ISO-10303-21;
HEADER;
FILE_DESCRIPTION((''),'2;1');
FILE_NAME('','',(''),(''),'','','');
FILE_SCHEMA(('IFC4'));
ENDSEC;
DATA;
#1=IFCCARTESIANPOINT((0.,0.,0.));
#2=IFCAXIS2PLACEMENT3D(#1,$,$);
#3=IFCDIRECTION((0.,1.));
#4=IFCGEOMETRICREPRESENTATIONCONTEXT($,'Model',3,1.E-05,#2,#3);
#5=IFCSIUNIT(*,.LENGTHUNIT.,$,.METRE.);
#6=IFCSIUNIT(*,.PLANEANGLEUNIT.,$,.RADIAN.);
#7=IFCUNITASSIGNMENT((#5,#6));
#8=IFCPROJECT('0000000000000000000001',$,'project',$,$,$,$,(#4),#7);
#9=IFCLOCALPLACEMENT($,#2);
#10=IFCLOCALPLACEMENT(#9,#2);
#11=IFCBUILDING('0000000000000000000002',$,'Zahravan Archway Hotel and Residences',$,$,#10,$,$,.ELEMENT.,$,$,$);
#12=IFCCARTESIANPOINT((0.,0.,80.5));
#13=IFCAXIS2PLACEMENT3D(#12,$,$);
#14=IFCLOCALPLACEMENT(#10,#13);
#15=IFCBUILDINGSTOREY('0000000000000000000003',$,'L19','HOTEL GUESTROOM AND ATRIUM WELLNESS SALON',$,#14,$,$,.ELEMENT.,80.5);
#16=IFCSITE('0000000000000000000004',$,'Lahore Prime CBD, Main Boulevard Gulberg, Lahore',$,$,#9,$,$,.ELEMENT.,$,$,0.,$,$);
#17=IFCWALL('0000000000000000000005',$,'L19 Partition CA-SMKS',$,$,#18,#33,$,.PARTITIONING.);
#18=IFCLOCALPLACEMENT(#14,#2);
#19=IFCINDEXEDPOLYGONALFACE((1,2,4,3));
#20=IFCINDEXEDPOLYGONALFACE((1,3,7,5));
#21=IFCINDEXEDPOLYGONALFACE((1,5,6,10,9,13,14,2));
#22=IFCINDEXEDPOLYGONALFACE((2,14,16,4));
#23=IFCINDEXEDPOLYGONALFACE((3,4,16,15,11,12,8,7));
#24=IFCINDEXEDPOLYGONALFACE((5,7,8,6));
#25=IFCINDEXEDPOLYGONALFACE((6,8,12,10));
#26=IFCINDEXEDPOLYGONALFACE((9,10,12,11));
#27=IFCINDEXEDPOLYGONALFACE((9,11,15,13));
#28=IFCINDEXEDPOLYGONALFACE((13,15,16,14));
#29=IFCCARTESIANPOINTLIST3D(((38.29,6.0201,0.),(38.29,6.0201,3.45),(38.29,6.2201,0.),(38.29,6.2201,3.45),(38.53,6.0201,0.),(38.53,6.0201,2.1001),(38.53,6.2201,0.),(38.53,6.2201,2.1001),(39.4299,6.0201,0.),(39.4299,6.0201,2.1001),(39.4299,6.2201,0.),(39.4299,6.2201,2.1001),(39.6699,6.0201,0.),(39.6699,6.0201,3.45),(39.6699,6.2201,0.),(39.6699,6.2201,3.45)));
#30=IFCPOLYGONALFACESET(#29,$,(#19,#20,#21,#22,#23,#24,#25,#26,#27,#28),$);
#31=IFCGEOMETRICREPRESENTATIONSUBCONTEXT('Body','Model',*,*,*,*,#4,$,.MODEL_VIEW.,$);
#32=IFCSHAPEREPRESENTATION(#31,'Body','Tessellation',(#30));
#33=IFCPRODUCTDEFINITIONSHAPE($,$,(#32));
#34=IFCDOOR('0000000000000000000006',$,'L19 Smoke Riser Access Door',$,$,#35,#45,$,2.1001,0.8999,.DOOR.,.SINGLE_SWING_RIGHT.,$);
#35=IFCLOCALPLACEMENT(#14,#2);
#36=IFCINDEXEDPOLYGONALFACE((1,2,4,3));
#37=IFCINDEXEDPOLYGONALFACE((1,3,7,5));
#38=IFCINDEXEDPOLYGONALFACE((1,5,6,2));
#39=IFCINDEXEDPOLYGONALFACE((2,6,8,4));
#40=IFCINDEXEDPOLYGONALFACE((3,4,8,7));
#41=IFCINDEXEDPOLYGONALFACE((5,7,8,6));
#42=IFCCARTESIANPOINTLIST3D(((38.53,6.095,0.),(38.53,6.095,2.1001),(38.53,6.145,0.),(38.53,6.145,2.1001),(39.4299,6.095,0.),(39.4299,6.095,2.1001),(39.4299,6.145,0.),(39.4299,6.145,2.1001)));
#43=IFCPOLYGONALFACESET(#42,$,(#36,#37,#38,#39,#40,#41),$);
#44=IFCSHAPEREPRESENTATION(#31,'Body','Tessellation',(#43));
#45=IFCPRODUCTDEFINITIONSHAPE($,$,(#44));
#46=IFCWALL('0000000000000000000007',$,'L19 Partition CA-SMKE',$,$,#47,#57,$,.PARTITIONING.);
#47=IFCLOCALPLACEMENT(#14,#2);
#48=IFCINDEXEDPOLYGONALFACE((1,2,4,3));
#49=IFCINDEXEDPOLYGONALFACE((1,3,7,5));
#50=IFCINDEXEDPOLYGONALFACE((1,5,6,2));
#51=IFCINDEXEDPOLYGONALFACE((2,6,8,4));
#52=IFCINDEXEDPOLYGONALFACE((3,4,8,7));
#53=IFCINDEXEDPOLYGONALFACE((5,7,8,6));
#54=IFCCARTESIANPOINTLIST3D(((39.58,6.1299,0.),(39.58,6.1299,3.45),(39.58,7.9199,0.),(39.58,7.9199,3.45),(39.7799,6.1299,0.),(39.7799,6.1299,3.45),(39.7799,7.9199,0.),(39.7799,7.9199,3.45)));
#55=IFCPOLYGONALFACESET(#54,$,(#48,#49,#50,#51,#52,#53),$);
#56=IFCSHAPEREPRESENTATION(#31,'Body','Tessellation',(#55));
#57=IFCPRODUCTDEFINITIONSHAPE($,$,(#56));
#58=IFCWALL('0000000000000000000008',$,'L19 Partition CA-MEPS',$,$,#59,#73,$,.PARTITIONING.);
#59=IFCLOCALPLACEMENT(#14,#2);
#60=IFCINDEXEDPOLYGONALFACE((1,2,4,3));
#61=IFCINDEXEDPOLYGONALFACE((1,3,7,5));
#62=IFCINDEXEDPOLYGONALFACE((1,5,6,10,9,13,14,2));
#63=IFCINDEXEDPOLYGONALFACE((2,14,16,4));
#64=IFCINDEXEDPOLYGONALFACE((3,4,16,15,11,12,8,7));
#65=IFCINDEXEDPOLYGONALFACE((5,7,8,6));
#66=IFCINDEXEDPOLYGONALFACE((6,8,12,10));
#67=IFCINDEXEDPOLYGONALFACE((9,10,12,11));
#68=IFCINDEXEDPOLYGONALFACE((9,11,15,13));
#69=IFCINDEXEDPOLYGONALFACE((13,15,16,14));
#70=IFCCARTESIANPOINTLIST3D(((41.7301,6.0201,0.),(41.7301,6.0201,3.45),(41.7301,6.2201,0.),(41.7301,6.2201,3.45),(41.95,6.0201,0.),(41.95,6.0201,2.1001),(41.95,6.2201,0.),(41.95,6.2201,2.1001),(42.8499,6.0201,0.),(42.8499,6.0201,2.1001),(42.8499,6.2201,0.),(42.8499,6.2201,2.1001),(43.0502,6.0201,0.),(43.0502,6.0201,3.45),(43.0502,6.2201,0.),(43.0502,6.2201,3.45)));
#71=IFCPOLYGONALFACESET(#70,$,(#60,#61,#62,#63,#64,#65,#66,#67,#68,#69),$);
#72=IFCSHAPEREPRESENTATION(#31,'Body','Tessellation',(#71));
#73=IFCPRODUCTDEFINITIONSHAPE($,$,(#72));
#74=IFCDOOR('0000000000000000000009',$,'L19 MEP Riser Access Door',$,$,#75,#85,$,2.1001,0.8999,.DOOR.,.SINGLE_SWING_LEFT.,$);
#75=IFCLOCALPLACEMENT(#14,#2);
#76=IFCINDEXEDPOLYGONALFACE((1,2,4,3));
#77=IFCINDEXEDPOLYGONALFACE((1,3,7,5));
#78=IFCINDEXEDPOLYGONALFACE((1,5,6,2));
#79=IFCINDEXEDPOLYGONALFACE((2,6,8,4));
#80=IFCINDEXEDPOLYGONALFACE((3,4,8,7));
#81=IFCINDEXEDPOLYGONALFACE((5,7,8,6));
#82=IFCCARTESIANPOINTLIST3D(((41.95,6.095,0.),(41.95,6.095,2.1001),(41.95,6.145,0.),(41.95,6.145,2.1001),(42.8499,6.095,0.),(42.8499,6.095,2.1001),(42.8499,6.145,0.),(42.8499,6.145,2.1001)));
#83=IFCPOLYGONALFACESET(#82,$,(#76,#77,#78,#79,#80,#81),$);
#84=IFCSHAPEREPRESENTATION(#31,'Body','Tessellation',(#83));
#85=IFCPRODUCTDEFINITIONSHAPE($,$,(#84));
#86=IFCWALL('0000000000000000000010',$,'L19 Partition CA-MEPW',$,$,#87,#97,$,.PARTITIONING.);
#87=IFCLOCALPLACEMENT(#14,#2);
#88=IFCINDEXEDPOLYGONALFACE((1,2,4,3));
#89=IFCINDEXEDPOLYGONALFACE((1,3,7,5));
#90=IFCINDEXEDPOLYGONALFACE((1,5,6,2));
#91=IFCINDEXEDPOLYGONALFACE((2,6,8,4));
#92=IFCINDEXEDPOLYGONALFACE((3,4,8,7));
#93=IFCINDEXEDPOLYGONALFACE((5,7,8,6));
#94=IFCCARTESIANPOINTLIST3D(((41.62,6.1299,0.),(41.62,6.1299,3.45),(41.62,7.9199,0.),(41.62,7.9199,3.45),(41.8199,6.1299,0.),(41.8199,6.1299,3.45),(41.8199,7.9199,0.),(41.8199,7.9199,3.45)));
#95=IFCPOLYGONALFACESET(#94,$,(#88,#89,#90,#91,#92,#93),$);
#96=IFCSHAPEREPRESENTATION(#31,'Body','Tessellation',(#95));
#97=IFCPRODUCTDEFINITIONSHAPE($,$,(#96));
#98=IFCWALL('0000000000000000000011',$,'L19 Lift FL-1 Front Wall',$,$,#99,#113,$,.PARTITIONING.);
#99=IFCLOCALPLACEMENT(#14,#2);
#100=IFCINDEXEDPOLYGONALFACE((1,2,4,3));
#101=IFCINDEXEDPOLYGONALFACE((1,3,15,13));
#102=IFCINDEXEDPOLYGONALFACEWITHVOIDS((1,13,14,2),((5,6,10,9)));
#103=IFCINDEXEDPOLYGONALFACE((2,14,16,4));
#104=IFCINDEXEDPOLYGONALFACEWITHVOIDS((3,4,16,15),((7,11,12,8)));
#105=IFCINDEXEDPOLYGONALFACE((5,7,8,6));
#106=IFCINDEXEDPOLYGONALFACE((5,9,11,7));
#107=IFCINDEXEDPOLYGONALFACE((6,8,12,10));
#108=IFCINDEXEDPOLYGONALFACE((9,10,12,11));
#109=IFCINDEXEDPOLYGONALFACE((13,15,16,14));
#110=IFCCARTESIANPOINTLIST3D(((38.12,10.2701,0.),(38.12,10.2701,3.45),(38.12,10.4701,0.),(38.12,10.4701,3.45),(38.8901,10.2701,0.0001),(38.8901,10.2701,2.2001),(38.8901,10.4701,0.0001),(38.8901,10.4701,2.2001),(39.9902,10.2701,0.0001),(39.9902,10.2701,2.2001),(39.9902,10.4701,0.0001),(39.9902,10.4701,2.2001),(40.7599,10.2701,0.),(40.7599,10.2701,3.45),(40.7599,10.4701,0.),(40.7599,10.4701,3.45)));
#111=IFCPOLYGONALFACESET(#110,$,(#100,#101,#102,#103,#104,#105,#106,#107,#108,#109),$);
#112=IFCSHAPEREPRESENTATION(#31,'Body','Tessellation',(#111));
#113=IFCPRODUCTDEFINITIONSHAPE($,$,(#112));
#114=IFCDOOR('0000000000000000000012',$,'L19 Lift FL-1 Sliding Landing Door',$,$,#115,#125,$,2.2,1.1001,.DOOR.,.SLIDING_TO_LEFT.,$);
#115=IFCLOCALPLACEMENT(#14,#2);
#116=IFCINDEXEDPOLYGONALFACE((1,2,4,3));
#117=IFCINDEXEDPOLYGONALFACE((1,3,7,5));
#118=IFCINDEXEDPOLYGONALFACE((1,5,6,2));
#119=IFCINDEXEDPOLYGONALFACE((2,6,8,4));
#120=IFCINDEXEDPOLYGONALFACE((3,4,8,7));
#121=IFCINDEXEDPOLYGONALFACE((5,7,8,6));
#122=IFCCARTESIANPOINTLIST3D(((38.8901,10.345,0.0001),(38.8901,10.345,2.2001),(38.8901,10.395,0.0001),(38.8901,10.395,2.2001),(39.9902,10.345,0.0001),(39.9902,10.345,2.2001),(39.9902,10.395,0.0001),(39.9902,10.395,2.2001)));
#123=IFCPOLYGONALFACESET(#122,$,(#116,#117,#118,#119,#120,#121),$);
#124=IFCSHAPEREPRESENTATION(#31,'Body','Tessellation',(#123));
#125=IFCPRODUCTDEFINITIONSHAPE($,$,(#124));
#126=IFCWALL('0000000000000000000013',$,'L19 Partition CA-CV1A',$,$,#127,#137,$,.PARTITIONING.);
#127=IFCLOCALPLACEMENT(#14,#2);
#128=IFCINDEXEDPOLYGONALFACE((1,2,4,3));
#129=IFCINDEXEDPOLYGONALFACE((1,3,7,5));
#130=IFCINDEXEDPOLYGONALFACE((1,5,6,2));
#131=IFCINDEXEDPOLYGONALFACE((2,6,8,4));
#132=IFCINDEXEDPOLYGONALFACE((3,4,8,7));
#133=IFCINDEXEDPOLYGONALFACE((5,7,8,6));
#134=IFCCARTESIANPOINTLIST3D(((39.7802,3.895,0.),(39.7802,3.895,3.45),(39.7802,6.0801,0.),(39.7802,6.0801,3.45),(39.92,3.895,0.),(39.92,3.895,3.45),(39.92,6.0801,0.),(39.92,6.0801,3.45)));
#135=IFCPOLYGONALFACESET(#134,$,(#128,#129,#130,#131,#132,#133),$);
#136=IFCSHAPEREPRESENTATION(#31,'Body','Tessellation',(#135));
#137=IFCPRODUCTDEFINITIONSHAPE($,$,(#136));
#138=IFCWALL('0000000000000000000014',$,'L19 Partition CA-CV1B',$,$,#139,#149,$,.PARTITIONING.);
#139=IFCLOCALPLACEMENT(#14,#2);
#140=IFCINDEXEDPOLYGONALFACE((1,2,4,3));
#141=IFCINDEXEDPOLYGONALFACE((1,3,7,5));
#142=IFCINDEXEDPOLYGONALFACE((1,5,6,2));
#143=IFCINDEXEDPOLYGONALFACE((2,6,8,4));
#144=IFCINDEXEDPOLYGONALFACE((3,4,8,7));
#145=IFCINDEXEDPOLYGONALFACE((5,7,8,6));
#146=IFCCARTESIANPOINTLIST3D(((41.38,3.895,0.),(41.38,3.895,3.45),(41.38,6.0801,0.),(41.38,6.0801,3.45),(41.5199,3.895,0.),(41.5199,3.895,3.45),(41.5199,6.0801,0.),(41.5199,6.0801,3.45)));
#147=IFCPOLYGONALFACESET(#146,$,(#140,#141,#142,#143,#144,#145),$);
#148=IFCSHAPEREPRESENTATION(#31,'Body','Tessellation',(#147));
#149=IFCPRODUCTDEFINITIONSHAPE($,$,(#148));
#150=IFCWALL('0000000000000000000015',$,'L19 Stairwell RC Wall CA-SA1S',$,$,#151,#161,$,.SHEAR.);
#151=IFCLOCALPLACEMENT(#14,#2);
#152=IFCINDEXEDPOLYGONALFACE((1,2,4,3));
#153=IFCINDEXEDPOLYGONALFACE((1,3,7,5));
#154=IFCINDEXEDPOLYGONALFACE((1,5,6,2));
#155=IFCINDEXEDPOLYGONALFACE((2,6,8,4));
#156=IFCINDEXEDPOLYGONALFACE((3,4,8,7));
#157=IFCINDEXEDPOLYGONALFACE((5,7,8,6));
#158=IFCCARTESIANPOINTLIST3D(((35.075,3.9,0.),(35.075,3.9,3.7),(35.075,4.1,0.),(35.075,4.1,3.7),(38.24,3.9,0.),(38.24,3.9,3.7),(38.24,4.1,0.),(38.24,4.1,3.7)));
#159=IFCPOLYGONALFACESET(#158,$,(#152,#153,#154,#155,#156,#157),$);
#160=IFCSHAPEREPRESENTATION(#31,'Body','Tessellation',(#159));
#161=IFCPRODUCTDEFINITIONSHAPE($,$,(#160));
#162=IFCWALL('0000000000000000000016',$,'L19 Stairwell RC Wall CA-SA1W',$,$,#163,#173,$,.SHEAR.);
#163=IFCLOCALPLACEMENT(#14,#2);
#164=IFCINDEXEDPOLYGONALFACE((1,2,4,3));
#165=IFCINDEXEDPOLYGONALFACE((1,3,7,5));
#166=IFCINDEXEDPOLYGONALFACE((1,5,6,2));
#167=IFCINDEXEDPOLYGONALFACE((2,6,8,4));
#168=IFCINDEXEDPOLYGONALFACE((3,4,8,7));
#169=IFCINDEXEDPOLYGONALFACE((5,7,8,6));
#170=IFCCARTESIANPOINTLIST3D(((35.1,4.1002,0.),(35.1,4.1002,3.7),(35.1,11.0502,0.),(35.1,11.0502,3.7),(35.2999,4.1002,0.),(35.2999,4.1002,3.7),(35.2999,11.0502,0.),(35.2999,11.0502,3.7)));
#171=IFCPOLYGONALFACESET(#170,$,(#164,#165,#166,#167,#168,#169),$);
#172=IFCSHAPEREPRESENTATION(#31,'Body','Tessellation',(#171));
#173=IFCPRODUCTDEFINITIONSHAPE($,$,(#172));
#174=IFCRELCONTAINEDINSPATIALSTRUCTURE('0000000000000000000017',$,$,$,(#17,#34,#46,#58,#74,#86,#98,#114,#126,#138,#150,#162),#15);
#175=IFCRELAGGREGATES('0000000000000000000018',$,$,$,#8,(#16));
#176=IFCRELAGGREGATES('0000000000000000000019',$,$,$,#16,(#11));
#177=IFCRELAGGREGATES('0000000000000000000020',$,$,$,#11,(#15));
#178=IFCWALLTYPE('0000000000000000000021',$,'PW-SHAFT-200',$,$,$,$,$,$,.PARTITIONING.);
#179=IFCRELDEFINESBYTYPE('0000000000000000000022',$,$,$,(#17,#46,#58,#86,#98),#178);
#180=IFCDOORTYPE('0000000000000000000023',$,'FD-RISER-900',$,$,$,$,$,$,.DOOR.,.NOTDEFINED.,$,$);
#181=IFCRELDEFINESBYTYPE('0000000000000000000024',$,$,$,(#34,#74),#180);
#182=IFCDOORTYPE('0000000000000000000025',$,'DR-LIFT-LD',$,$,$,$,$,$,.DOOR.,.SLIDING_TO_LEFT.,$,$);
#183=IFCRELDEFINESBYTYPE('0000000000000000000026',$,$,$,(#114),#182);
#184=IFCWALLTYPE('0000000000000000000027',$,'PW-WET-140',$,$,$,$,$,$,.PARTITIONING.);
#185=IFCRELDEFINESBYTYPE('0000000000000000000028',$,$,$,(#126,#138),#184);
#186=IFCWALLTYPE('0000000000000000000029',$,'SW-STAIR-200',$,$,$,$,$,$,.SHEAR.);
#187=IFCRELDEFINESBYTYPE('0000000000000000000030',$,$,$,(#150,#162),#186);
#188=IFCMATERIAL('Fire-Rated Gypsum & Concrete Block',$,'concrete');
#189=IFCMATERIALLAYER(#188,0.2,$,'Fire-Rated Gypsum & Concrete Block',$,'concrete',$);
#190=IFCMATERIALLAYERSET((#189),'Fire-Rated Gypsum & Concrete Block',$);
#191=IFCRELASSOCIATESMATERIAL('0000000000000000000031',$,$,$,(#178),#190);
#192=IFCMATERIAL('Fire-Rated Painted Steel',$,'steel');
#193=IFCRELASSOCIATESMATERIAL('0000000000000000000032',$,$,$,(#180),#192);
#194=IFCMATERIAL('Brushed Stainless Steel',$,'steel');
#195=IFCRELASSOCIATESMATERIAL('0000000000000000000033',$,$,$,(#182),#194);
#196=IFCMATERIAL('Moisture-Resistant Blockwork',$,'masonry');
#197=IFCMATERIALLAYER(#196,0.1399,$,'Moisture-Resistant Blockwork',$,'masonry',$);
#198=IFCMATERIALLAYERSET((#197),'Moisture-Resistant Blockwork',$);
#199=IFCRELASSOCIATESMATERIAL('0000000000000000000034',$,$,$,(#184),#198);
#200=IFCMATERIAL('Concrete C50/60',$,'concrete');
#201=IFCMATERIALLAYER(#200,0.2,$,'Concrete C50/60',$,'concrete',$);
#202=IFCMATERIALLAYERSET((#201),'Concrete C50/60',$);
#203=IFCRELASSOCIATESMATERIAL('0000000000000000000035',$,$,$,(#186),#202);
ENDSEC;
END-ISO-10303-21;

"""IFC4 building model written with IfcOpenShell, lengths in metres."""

from ifc_helpers import new_model, si_unit, direction, frame, frame_2d, origin, place, context, subcontext, project, spatial, rectangle, extrude, source, transform, mapped, material, layer, layer_set, type_object, type_shapes, element, fill, save


model = new_model("IFC4")

# Units and contexts
model_context = context("Model", 3, precision=1e-05, world=origin(), true_north=direction((0.0, 1.0)))
body_context = subcontext(model_context, "Body", "Model", "MODEL_VIEW")
ifc_project = project(units=[si_unit("LENGTHUNIT", "METRE"), si_unit("PLANEANGLEUNIT", "RADIAN")], contexts=[model_context])

# Site, building, storey
site_placement = place(None, origin())
site = spatial("IfcSite", under=ifc_project, at=site_placement, Name="Lahore Prime CBD, Main Boulevard Gulberg, Lahore", CompositionType="ELEMENT", RefElevation=0.0)
building_placement = place(site_placement, origin())
building = spatial("IfcBuilding", under=site, at=building_placement, Name="Zahravan Archway Hotel and Residences", CompositionType="ELEMENT")
storey_placement = place(building_placement, frame((0.0, 0.0, 80.5)))
storey = spatial("IfcBuildingStorey", under=building, at=storey_placement, Name="L19", Description="HOTEL GUESTROOM AND ATRIUM WELLNESS SALON", CompositionType="ELEMENT", Elevation=80.5)

# Shared definitions
ifc_material_1 = material(Name="Fire-Rated Gypsum & Concrete Block", Category="concrete")
ifc_layer_1 = layer(ifc_material_1, 0.2, Name="Fire-Rated Gypsum & Concrete Block", Category="concrete")
ifc_layer_set_1 = layer_set([ifc_layer_1], Name="Fire-Rated Gypsum & Concrete Block")
wall_type_1 = type_object("IfcWallType", Name="PW-SHAFT-200", PredefinedType="PARTITIONING", material=ifc_layer_set_1)

# Wall, opening, door
wall_1_placement = place(storey_placement, frame((38.29, 6.1201, 0.0), z_axis=(0.0, 0.0, 1.0), x_axis=(1.0, 0.0, 0.0)))
wall_1 = element("IfcWall", 1, at=wall_1_placement, inside=storey, type_object=wall_type_1, Name="L19 Partition CA-SMKS", PredefinedType="PARTITIONING", context=body_context, shape_type="SweptSolid", body=[
    extrude(rectangle(XDim=1.3799, YDim=0.2, at=frame_2d((0.6899, 0.0))), origin(), (0.0, 0.0, 1.0), 3.45),
])
opening_1_placement = place(wall_1_placement, frame((0.24, 0.0, 0.0)))
opening_1 = element("IfcOpeningElement", 2, at=opening_1_placement, cuts=wall_1, PredefinedType="OPENING", context=body_context, shape_type="SweptSolid", body=[
    extrude(rectangle(XDim=0.8999, YDim=2.1001, at=frame_2d((0.45, 1.05))), frame((0.0, 0.1099, 0.0), z_axis=(0.0, -1.0, 0.0), x_axis=(1.0, 0.0, 0.0)), (0.0, 0.0, 1.0), 0.22),
])
ifc_material_2 = material(Name="Fire-Rated Painted Steel", Category="steel")
door_type_1 = type_object("IfcDoorType", Name="FD-RISER-900", OperationType="NOTDEFINED", PredefinedType="DOOR", material=ifc_material_2)
shared_shape_1 = source(origin(), body_context, "Body", "SweptSolid", [
    extrude(rectangle(XDim=0.8999, YDim=2.1001, at=frame_2d((0.45, 1.05))), frame((0.0, 0.0249, 0.0), z_axis=(0.0, -1.0, 0.0), x_axis=(1.0, 0.0, 0.0)), (0.0, 0.0, 1.0), 0.05),
])
type_shapes(door_type_1, [shared_shape_1])
door_1_placement = place(opening_1_placement, origin())
door_1 = element("IfcDoor", 3, at=door_1_placement, inside=storey, type_object=door_type_1, Name="L19 Smoke Riser Access Door", OperationType="SINGLE_SWING_RIGHT", OverallHeight=2.1001, OverallWidth=0.8999, PredefinedType="DOOR", context=body_context, shape_type="MappedRepresentation", body=[
    mapped(shared_shape_1, transform((0.0, 0.0, 0.0), scale=1.0)),
])
fill(opening_1, door_1)

# Wall
wall_2_placement = place(storey_placement, frame((39.6799, 6.1299, 0.0), z_axis=(0.0, 0.0, 1.0), x_axis=(0.0, 1.0, 0.0)))
element("IfcWall", 4, at=wall_2_placement, inside=storey, type_object=wall_type_1, Name="L19 Partition CA-SMKE", PredefinedType="PARTITIONING", context=body_context, shape_type="SweptSolid", body=[
    extrude(rectangle(XDim=1.79, YDim=0.2, at=frame_2d((0.895, 0.0))), origin(), (0.0, 0.0, 1.0), 3.45),
])

# Wall, opening, door
wall_3_placement = place(storey_placement, frame((41.73, 6.1201, 0.0), z_axis=(0.0, 0.0, 1.0), x_axis=(1.0, 0.0, 0.0)))
wall_3 = element("IfcWall", 5, at=wall_3_placement, inside=storey, type_object=wall_type_1, Name="L19 Partition CA-MEPS", PredefinedType="PARTITIONING", context=body_context, shape_type="SweptSolid", body=[
    extrude(rectangle(XDim=1.3201, YDim=0.2, at=frame_2d((0.6602, 0.0))), origin(), (0.0, 0.0, 1.0), 3.45),
])
opening_2_placement = place(wall_3_placement, frame((0.22, 0.0, 0.0)))
opening_2 = element("IfcOpeningElement", 6, at=opening_2_placement, cuts=wall_3, PredefinedType="OPENING", context=body_context, shape_type="SweptSolid", body=[
    extrude(rectangle(XDim=0.8999, YDim=2.1001, at=frame_2d((0.45, 1.05))), frame((0.0, 0.1099, 0.0), z_axis=(0.0, -1.0, 0.0), x_axis=(1.0, 0.0, 0.0)), (0.0, 0.0, 1.0), 0.22),
])
door_2_placement = place(opening_2_placement, origin())
door_2 = element("IfcDoor", 7, at=door_2_placement, inside=storey, type_object=door_type_1, Name="L19 MEP Riser Access Door", OperationType="SINGLE_SWING_LEFT", OverallHeight=2.1001, OverallWidth=0.8999, PredefinedType="DOOR", context=body_context, shape_type="MappedRepresentation", body=[
    mapped(shared_shape_1, transform((0.0, 0.0, 0.0), scale=1.0)),
])
fill(opening_2, door_2)

# Wall
wall_4_placement = place(storey_placement, frame((41.72, 6.1299, 0.0), z_axis=(0.0, 0.0, 1.0), x_axis=(0.0, 1.0, 0.0)))
element("IfcWall", 8, at=wall_4_placement, inside=storey, type_object=wall_type_1, Name="L19 Partition CA-MEPW", PredefinedType="PARTITIONING", context=body_context, shape_type="SweptSolid", body=[
    extrude(rectangle(XDim=1.79, YDim=0.2, at=frame_2d((0.895, 0.0))), origin(), (0.0, 0.0, 1.0), 3.45),
])

# Wall, opening, door
wall_5_placement = place(storey_placement, frame((38.1201, 10.3701, 0.0), z_axis=(0.0, 0.0, 1.0), x_axis=(1.0, 0.0, 0.0)))
wall_5 = element("IfcWall", 9, at=wall_5_placement, inside=storey, type_object=wall_type_1, Name="L19 Lift FL-1 Front Wall", PredefinedType="PARTITIONING", context=body_context, shape_type="SweptSolid", body=[
    extrude(rectangle(XDim=2.6399, YDim=0.2, at=frame_2d((1.3198, 0.0))), origin(), (0.0, 0.0, 1.0), 3.45),
])
opening_3_placement = place(wall_5_placement, frame((0.77, 0.0, 0.0)))
opening_3 = element("IfcOpeningElement", 10, at=opening_3_placement, cuts=wall_5, PredefinedType="OPENING", context=body_context, shape_type="SweptSolid", body=[
    extrude(rectangle(XDim=1.1001, YDim=2.2, at=frame_2d((0.55, 1.1001))), frame((0.0, 0.1099, 0.0), z_axis=(0.0, -1.0, 0.0), x_axis=(1.0, 0.0, 0.0)), (0.0, 0.0, 1.0), 0.22),
])
ifc_material_3 = material(Name="Brushed Stainless Steel", Category="steel")
door_type_2 = type_object("IfcDoorType", Name="DR-LIFT-LD", OperationType="SLIDING_TO_LEFT", PredefinedType="DOOR", material=ifc_material_3)
shared_shape_2 = source(origin(), body_context, "Body", "SweptSolid", [
    extrude(rectangle(XDim=1.1001, YDim=2.2, at=frame_2d((0.55, 1.1001))), frame((0.0, 0.0249, 0.0), z_axis=(0.0, -1.0, 0.0), x_axis=(1.0, 0.0, 0.0)), (0.0, 0.0, 1.0), 0.05),
])
type_shapes(door_type_2, [shared_shape_2])
door_3_placement = place(opening_3_placement, origin())
door_3 = element("IfcDoor", 11, at=door_3_placement, inside=storey, type_object=door_type_2, Name="L19 Lift FL-1 Sliding Landing Door", OperationType="SLIDING_TO_LEFT", OverallHeight=2.2, OverallWidth=1.1001, PredefinedType="DOOR", context=body_context, shape_type="MappedRepresentation", body=[
    mapped(shared_shape_2, transform((0.0, 0.0, 0.0), scale=1.0)),
])
fill(opening_3, door_3)

# Walls
ifc_material_4 = material(Name="Moisture-Resistant Blockwork", Category="masonry")
ifc_layer_2 = layer(ifc_material_4, 0.1399, Name="Moisture-Resistant Blockwork", Category="masonry")
ifc_layer_set_2 = layer_set([ifc_layer_2], Name="Moisture-Resistant Blockwork")
wall_type_2 = type_object("IfcWallType", Name="PW-WET-140", PredefinedType="PARTITIONING", material=ifc_layer_set_2)
for number, where, z_axis, x_axis, name in (
    (12, (39.8501, 3.895, 0.0), (0.0, 0.0, 1.0), (0.0, 1.0, 0.0), "L19 Partition CA-CV1A"),
    (13, (41.45, 3.895, 0.0), (0.0, 0.0, 1.0), (0.0, 1.0, 0.0), "L19 Partition CA-CV1B"),
):
    element("IfcWall", number, at=place(storey_placement, frame(where, z_axis=z_axis, x_axis=x_axis)), inside=storey, type_object=wall_type_2, Name=name, PredefinedType="PARTITIONING", context=body_context, shape_type="SweptSolid", body=[
        extrude(rectangle(XDim=2.1851, YDim=0.1399, at=frame_2d((1.0925, 0.0))), origin(), (0.0, 0.0, 1.0), 3.45),
    ])
ifc_material_5 = material(Name="Concrete C50/60", Category="concrete")
ifc_layer_3 = layer(ifc_material_5, 0.2, Name="Concrete C50/60", Category="concrete")
ifc_layer_set_3 = layer_set([ifc_layer_3], Name="Concrete C50/60")
wall_type_3 = type_object("IfcWallType", Name="SW-STAIR-200", PredefinedType="SHEAR", material=ifc_layer_set_3)
wall_6_placement = place(storey_placement, frame((35.075, 4.0, 0.0), z_axis=(0.0, 0.0, 1.0), x_axis=(1.0, 0.0, 0.0)))
element("IfcWall", 14, at=wall_6_placement, inside=storey, type_object=wall_type_3, Name="L19 Stairwell RC Wall CA-SA1S", PredefinedType="SHEAR", context=body_context, shape_type="SweptSolid", body=[
    extrude(rectangle(XDim=3.165, YDim=0.2, at=frame_2d((1.5825, 0.0))), origin(), (0.0, 0.0, 1.0), 3.7),
])
for number, where, z_axis, x_axis, name in (
    (15, (35.2, 4.1001, 0.0), (0.0, 0.0, 1.0), (0.0, 1.0, 0.0), "L19 Stairwell RC Wall CA-SA1W"),
):
    element("IfcWall", number, at=place(storey_placement, frame(where, z_axis=z_axis, x_axis=x_axis)), inside=storey, type_object=wall_type_3, Name=name, PredefinedType="SHEAR", context=body_context, shape_type="SweptSolid", body=[
        extrude(rectangle(XDim=6.95, YDim=0.2, at=frame_2d((3.4751, 0.0))), origin(), (0.0, 0.0, 1.0), 3.7),
    ])

save(model, "model.ifc")
